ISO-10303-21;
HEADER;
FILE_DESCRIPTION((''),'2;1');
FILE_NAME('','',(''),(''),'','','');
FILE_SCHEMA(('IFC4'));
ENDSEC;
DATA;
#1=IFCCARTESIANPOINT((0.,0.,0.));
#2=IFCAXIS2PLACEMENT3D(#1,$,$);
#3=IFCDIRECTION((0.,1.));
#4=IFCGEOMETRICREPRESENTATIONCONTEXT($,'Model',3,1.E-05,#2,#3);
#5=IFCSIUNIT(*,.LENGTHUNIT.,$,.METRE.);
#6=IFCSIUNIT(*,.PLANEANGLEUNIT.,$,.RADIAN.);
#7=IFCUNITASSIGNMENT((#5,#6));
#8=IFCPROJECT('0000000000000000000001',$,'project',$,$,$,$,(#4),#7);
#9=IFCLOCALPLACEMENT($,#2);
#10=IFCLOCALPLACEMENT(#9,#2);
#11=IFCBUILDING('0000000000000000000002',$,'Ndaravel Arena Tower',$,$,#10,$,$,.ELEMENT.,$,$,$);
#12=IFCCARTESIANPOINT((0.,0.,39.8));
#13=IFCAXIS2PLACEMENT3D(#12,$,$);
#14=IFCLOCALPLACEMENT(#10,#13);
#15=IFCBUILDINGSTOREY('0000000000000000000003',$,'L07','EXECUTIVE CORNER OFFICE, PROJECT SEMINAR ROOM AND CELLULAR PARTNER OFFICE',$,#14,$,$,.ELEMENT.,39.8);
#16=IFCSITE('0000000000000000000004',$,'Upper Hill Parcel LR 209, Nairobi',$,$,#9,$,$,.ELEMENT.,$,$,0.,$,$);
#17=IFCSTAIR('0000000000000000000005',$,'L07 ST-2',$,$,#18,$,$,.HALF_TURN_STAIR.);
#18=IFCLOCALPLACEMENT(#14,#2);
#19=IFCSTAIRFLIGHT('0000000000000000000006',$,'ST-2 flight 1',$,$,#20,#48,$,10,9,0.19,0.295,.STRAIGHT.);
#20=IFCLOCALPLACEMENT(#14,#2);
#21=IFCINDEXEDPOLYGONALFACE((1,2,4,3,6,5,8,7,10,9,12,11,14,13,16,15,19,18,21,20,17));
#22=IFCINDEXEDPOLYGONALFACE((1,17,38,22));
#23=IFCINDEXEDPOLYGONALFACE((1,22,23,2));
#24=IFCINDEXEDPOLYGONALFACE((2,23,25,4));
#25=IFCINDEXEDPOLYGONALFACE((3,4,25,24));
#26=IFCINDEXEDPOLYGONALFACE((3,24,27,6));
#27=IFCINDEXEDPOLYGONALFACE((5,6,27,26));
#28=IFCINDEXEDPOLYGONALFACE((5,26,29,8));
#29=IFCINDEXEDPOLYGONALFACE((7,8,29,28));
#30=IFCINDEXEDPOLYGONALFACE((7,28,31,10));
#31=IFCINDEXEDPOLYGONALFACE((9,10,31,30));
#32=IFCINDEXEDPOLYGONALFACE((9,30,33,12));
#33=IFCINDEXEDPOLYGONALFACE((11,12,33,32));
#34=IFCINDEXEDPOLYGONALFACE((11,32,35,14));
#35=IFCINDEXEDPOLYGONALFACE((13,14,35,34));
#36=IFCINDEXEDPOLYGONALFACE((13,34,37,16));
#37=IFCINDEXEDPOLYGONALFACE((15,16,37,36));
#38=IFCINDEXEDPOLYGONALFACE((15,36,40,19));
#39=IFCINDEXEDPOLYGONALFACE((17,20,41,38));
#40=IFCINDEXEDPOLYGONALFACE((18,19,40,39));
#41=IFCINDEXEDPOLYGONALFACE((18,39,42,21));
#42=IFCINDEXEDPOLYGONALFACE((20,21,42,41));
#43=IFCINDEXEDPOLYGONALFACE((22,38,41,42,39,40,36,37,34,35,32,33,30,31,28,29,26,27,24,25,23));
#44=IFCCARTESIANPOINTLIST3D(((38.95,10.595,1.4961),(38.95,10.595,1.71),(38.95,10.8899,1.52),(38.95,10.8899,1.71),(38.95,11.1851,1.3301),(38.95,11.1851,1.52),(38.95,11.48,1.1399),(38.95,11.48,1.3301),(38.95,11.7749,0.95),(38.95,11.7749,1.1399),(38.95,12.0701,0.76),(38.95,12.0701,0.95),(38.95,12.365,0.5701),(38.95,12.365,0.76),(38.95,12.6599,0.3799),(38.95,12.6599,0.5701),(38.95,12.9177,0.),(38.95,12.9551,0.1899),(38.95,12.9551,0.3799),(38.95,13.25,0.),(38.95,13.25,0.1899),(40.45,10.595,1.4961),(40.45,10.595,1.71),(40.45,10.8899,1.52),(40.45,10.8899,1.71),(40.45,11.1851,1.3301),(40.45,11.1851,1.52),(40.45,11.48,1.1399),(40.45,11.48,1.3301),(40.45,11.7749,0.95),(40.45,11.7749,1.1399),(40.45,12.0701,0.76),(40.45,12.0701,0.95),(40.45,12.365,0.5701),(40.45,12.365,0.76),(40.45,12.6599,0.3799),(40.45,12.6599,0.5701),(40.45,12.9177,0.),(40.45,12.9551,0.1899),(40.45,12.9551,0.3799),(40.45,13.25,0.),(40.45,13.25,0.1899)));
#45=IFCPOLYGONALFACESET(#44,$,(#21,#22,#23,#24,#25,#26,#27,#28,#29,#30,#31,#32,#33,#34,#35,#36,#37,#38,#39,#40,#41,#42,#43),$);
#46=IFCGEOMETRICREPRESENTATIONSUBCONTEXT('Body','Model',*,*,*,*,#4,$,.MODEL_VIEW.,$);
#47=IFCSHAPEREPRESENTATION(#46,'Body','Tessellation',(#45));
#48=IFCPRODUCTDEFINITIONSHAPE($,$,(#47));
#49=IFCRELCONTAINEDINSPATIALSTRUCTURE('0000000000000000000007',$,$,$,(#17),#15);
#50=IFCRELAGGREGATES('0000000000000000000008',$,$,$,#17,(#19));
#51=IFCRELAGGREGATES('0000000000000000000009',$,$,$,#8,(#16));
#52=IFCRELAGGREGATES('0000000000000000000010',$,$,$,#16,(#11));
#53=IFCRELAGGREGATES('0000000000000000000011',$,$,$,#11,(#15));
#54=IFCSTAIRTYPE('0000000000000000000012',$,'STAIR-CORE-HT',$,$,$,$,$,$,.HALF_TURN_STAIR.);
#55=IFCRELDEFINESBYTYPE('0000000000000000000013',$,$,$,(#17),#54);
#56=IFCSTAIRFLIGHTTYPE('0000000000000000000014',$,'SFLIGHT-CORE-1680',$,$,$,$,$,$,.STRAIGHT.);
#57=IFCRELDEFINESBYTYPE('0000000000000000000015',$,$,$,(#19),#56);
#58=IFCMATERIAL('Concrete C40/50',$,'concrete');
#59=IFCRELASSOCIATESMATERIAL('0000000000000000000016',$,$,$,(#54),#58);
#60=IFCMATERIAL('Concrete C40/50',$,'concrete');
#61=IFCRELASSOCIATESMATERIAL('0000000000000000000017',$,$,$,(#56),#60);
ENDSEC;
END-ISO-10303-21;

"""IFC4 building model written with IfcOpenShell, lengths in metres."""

from ifc_helpers import new_model, si_unit, direction, frame, origin, place, context, subcontext, project, spatial, polyline, outline, extrude, material, type_object, element, aggregate, save


model = new_model("IFC4")

# Units and contexts
model_context = context("Model", 3, precision=1e-05, world=origin(), true_north=direction((0.0, 1.0)))
body_context = subcontext(model_context, "Body", "Model", "MODEL_VIEW")
ifc_project = project(units=[si_unit("LENGTHUNIT", "METRE"), si_unit("PLANEANGLEUNIT", "RADIAN")], contexts=[model_context])

# Site, building, storey
site_placement = place(None, origin())
site = spatial("IfcSite", under=ifc_project, at=site_placement, Name="Upper Hill Parcel LR 209, Nairobi", CompositionType="ELEMENT", RefElevation=0.0)
building_placement = place(site_placement, origin())
building = spatial("IfcBuilding", under=site, at=building_placement, Name="Ndaravel Arena Tower", CompositionType="ELEMENT")
storey_placement = place(building_placement, frame((0.0, 0.0, 39.8)))
storey = spatial("IfcBuildingStorey", under=building, at=storey_placement, Name="L07", Description="EXECUTIVE CORNER OFFICE, PROJECT SEMINAR ROOM AND CELLULAR PARTNER OFFICE", CompositionType="ELEMENT", Elevation=39.8)

# Stair, stair flight
ifc_material_1 = material(Name="Concrete C40/50", Category="concrete")
stair_type = type_object("IfcStairType", Name="STAIR-CORE-HT", PredefinedType="HALF_TURN_STAIR", material=ifc_material_1)
stair_placement = place(storey_placement, origin())
stair = element("IfcStair", 1, at=stair_placement, inside=storey, type_object=stair_type, Name="L07 ST-2", PredefinedType="HALF_TURN_STAIR")
ifc_material_2 = material(Name="Concrete C40/50", Category="concrete")
stair_flight_type = type_object("IfcStairFlightType", Name="SFLIGHT-CORE-1680", PredefinedType="STRAIGHT", material=ifc_material_2)
stair_flight_placement = place(storey_placement, frame((39.7, 13.25, 0.0), z_axis=(0.0, 0.0, 1.0), x_axis=(0.0, -1.0, 0.0)))
stair_flight = element("IfcStairFlight", 2, at=stair_flight_placement, type_object=stair_flight_type, Name="ST-2 flight 1", NumberOfRisers=10, NumberOfTreads=9, PredefinedType="STRAIGHT", RiserHeight=0.19, TreadLength=0.295, context=body_context, shape_type="SweptSolid", body=[
    extrude(outline(polyline([(0.0, 0.0), (0.0, 0.1899), (0.2949, 0.1899), (0.2949, 0.3799), (0.5901, 0.3799), (0.5901, 0.5701), (0.885, 0.5701), (0.885, 0.76), (1.1799, 0.76), (1.1799, 0.95), (1.4751, 0.95), (1.4751, 1.1399), (1.77, 1.1399), (1.77, 1.3301), (2.0649, 1.3301), (2.0649, 1.52), (2.3601, 1.52), (2.3601, 1.71), (2.655, 1.71), (2.655, 1.8999), (2.655, 1.4961), (0.3323, 0.0), (0.0, 0.0)])), frame((0.0, 0.75, 0.0), z_axis=(0.0, -1.0, 0.0), x_axis=(1.0, 0.0, 0.0)), (0.0, 0.0, 1.0), 1.5),
])
aggregate(stair, [stair_flight])

save(model, "model.ifc")
